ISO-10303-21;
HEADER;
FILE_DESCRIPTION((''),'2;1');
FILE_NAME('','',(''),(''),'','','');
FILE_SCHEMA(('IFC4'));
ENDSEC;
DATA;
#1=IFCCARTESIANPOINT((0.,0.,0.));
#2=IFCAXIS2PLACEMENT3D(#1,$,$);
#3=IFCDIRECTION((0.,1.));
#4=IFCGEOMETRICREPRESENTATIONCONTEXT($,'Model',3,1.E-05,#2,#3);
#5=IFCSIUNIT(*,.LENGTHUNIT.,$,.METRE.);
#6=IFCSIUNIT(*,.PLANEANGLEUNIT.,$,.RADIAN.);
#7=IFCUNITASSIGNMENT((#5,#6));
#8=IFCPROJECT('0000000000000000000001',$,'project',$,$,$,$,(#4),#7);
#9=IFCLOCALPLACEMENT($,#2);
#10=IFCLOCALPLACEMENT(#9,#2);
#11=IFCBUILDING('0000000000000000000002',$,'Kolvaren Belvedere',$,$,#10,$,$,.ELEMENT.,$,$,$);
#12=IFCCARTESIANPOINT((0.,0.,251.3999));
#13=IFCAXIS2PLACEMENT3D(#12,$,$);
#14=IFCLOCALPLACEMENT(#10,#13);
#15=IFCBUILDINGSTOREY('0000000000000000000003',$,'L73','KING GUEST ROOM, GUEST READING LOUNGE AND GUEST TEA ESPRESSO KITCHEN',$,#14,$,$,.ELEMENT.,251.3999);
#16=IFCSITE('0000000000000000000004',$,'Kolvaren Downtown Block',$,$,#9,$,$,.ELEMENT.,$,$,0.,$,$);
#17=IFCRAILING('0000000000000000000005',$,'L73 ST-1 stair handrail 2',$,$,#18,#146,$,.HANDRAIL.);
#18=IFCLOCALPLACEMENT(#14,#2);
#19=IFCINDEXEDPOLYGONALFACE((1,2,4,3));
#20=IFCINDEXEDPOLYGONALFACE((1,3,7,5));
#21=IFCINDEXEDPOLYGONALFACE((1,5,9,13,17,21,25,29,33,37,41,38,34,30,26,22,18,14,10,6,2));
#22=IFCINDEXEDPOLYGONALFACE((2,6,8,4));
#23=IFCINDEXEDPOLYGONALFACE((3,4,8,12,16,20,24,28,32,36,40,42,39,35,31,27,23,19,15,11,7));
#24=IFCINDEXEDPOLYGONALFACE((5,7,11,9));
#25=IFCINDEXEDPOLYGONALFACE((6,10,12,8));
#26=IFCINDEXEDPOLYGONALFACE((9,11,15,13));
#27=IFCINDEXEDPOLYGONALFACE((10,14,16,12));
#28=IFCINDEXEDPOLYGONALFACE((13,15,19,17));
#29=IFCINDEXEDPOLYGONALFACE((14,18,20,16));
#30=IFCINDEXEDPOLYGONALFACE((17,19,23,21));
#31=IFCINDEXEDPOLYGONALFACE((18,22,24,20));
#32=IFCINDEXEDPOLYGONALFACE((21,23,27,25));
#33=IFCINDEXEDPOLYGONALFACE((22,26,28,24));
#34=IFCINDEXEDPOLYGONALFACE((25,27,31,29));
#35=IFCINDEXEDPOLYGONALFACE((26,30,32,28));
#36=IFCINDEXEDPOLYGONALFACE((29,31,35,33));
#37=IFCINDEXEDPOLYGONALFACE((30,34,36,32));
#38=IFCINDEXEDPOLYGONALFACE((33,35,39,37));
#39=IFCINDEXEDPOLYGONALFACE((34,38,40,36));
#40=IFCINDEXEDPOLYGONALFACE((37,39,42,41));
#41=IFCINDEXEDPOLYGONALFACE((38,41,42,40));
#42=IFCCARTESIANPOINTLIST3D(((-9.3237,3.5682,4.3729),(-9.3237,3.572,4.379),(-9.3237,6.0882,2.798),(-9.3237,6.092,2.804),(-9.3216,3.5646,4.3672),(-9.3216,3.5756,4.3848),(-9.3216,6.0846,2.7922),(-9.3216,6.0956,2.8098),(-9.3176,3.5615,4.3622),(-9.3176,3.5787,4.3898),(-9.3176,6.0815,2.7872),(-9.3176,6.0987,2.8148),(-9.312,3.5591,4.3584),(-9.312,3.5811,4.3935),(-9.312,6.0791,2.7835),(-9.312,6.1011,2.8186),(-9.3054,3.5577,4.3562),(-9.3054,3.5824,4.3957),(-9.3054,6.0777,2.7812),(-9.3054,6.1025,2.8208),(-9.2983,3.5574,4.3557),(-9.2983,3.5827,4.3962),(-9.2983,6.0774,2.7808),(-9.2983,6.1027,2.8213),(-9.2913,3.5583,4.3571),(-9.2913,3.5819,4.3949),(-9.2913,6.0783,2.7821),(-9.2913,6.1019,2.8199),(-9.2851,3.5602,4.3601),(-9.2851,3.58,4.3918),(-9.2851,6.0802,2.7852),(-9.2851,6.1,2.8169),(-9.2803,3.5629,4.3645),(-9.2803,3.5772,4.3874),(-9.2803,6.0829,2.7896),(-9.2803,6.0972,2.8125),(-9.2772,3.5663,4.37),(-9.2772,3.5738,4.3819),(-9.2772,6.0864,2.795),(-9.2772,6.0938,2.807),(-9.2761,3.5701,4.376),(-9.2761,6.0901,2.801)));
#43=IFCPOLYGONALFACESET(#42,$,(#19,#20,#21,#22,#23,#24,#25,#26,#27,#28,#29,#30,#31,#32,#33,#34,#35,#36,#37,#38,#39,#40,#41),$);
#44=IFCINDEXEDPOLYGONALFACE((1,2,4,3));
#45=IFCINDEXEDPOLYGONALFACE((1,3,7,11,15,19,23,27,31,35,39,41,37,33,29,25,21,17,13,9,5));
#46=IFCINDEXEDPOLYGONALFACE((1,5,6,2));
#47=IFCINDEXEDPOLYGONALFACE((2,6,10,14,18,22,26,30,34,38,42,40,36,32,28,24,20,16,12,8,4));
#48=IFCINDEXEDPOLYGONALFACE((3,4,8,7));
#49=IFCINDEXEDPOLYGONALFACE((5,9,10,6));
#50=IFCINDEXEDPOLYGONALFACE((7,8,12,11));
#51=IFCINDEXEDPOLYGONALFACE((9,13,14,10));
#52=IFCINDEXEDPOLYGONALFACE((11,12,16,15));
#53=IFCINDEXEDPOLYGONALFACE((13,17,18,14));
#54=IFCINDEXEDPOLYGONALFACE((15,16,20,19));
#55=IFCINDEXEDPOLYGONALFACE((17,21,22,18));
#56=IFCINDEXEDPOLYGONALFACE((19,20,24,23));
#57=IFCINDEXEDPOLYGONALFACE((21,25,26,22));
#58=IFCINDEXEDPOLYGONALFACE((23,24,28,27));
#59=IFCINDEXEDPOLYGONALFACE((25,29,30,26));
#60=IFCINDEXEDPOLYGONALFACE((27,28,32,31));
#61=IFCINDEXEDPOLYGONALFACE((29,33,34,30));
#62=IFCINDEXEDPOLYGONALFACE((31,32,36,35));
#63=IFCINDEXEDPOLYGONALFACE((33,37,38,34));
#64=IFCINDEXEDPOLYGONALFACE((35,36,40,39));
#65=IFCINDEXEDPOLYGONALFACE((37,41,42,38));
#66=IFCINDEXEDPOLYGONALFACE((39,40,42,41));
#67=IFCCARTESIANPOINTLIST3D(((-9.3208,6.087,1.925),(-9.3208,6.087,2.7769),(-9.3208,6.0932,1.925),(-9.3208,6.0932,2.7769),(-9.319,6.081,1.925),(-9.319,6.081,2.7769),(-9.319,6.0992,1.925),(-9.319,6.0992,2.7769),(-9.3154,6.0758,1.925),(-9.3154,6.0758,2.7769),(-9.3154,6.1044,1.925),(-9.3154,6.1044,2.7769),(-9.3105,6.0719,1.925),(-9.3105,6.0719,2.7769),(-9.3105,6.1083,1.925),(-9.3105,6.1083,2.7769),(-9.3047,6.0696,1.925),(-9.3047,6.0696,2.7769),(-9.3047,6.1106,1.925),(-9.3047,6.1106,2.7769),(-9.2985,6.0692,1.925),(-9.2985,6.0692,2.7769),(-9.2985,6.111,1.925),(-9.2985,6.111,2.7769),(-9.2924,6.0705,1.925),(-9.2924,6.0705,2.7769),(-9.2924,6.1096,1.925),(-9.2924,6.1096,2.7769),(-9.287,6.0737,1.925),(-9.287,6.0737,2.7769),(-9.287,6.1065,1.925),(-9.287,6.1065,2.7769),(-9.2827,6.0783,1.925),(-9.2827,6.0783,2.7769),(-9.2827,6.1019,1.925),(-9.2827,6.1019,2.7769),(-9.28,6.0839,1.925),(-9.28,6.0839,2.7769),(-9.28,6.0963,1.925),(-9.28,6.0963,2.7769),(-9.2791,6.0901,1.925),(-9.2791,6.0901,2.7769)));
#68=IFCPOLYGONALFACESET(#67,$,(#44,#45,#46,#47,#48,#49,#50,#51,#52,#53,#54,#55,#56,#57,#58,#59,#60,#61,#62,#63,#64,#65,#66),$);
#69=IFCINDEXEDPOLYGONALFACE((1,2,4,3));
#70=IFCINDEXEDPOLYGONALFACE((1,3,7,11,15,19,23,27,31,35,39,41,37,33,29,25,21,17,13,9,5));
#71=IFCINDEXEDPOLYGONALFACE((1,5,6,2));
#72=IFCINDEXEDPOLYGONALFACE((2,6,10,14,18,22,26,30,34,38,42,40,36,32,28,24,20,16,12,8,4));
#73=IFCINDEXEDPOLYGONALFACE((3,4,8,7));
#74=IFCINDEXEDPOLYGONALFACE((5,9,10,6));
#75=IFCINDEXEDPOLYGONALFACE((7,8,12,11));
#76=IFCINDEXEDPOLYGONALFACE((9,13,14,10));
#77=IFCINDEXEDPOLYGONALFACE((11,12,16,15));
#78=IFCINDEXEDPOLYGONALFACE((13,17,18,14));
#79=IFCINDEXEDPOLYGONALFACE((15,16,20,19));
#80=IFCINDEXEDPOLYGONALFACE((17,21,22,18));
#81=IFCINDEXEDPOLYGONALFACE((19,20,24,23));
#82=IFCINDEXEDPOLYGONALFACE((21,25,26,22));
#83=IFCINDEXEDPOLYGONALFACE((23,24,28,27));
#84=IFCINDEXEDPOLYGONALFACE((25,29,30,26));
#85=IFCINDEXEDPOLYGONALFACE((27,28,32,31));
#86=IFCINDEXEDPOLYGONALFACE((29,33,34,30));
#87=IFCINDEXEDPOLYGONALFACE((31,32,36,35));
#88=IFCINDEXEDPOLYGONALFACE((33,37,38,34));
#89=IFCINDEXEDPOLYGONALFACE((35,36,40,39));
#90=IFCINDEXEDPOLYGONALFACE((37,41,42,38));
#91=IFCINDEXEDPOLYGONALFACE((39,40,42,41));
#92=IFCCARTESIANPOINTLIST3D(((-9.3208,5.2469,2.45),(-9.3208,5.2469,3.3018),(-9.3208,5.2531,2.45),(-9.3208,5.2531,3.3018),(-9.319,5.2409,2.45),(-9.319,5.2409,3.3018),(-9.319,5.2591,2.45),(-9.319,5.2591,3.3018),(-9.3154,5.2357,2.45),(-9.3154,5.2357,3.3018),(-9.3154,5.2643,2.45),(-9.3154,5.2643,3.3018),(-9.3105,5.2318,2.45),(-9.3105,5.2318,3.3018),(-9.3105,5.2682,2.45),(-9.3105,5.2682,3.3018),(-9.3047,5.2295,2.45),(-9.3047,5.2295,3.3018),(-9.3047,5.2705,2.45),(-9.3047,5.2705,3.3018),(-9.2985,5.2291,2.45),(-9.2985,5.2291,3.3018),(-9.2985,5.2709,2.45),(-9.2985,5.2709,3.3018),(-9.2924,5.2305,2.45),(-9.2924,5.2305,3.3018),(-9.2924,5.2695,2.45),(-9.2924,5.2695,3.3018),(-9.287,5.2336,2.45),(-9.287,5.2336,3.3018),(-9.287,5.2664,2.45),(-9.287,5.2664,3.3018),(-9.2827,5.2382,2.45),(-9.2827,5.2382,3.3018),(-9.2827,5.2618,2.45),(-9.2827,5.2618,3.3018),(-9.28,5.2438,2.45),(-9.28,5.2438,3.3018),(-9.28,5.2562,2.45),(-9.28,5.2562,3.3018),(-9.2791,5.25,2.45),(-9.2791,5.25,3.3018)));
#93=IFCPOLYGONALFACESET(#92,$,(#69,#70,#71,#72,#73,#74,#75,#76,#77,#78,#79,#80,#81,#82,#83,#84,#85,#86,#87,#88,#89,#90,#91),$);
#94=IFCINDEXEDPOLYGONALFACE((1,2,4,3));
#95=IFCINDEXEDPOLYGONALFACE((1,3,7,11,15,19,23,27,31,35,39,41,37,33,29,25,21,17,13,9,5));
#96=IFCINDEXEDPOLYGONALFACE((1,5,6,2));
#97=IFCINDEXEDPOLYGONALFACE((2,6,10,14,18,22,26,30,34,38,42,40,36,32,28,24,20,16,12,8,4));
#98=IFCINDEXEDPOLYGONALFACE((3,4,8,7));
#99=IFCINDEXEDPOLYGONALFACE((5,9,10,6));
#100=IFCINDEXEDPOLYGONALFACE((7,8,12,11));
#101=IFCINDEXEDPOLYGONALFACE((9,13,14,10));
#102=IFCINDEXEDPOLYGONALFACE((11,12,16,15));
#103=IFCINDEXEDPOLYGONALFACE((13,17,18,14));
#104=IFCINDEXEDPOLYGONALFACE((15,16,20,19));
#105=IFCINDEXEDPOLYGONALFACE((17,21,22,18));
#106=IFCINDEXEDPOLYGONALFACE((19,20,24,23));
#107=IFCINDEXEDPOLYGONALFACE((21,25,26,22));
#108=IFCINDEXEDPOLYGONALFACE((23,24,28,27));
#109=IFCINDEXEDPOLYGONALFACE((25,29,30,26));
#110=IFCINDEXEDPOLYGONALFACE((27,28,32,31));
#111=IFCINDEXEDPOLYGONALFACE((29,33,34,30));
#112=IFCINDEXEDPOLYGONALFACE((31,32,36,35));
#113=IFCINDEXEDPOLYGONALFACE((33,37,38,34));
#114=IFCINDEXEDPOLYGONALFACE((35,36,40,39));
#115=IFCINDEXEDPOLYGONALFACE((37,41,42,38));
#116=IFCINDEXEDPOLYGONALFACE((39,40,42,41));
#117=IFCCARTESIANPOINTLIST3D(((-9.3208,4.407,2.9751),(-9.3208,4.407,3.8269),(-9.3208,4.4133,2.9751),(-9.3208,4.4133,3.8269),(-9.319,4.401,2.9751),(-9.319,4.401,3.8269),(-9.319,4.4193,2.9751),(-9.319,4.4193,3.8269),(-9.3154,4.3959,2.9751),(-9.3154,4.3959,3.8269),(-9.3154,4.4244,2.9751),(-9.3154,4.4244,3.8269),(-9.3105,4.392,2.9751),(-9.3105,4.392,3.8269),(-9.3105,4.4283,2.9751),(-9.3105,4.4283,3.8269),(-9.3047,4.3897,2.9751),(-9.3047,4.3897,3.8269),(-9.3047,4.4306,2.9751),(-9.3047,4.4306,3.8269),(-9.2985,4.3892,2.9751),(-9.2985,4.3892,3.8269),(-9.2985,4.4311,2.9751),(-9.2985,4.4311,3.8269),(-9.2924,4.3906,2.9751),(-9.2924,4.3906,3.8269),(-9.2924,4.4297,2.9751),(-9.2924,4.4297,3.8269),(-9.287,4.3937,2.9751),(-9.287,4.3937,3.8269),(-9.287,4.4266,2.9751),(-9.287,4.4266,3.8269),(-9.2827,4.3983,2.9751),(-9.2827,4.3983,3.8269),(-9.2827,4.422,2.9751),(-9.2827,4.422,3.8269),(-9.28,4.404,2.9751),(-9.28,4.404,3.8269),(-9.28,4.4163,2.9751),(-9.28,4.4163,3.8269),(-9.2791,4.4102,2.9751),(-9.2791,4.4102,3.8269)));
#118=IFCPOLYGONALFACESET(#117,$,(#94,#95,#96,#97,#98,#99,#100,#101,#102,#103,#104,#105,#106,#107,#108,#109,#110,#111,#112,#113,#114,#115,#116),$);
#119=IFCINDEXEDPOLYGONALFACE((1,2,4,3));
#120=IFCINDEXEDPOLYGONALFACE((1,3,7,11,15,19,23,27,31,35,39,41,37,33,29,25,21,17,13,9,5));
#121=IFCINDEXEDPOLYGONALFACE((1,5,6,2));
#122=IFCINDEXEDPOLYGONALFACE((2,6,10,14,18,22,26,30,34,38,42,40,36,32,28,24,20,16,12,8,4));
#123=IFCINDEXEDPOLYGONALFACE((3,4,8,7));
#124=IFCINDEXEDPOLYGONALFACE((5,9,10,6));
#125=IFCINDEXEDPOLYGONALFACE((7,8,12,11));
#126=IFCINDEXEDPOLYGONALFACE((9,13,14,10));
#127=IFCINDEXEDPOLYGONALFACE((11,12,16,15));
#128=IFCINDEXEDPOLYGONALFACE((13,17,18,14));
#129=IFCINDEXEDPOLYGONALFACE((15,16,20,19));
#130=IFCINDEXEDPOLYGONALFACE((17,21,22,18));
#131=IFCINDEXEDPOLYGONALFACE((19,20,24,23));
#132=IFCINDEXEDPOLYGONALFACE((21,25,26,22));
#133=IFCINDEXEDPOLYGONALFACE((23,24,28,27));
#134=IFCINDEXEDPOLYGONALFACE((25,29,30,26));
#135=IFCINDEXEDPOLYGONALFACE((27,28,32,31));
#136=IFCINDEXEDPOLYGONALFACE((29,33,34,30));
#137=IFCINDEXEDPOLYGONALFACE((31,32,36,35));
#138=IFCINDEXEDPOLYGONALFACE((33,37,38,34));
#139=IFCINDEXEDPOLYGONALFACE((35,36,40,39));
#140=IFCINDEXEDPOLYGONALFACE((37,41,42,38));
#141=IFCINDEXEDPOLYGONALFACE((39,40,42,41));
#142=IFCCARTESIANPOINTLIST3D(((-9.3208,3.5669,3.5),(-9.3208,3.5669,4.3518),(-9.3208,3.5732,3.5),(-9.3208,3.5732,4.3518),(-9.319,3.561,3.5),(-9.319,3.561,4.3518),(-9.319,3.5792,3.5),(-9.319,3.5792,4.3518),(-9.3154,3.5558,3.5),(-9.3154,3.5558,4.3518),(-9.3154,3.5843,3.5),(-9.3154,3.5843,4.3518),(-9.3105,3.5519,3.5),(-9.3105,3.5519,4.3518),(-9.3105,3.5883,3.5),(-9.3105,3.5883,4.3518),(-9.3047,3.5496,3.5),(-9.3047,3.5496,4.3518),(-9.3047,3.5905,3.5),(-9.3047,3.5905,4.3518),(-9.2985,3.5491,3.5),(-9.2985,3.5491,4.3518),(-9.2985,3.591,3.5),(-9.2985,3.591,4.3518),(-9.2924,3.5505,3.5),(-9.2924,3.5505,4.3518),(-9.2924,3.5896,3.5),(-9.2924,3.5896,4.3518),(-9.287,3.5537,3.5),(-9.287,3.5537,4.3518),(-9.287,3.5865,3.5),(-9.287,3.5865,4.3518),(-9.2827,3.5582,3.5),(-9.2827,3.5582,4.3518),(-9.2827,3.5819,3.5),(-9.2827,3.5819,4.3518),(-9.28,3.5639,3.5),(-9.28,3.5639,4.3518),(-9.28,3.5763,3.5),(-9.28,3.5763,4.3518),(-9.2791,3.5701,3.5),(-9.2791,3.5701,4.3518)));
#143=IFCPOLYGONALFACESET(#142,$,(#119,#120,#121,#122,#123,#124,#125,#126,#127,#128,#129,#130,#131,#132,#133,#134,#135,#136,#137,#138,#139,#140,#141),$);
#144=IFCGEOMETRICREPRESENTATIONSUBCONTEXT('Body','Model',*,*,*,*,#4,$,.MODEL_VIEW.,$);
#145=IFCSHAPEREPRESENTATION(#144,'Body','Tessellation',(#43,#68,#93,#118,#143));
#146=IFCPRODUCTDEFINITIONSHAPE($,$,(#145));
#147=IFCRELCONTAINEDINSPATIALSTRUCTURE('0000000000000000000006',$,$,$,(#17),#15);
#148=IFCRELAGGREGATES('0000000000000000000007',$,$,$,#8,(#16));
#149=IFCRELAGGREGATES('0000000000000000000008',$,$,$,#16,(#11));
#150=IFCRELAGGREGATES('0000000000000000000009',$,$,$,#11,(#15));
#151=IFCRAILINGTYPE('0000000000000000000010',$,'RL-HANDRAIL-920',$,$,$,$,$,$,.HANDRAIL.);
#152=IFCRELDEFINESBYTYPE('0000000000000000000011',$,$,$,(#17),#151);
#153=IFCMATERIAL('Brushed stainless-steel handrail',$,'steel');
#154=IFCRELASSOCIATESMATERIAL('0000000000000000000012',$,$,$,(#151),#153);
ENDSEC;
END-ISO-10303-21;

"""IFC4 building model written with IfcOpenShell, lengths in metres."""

from ifc_helpers import new_model, si_unit, direction, frame, origin, origin_2d, place, context, subcontext, project, spatial, circle, extrude, material, type_object, element, save


model = new_model("IFC4")

# Units and contexts
model_context = context("Model", 3, precision=1e-05, world=origin(), true_north=direction((0.0, 1.0)))
body_context = subcontext(model_context, "Body", "Model", "MODEL_VIEW")
ifc_project = project(units=[si_unit("LENGTHUNIT", "METRE"), si_unit("PLANEANGLEUNIT", "RADIAN")], contexts=[model_context])

# Site, building, storey
site_placement = place(None, origin())
site = spatial("IfcSite", under=ifc_project, at=site_placement, Name="Kolvaren Downtown Block", CompositionType="ELEMENT", RefElevation=0.0)
building_placement = place(site_placement, origin())
building = spatial("IfcBuilding", under=site, at=building_placement, Name="Kolvaren Belvedere", CompositionType="ELEMENT")
storey_placement = place(building_placement, frame((0.0, 0.0, 251.3999)))
storey = spatial("IfcBuildingStorey", under=building, at=storey_placement, Name="L73", Description="KING GUEST ROOM, GUEST READING LOUNGE AND GUEST TEA ESPRESSO KITCHEN", CompositionType="ELEMENT", Elevation=251.3999)

# Railing
ifc_material_1 = material(Name="Brushed stainless-steel handrail", Category="steel")
railing_type_1 = type_object("IfcRailingType", Name="RL-HANDRAIL-920", PredefinedType="HANDRAIL", material=ifc_material_1)
railing_1_placement = place(storey_placement, frame((-9.3, 6.0901, 1.925)))
element("IfcRailing", 1, at=railing_1_placement, inside=storey, type_object=railing_type_1, Name="L73 ST-1 stair handrail 2", PredefinedType="HANDRAIL", context=body_context, shape_type="SweptSolid", body=[
    extrude(circle(Radius=0.0239, at=origin_2d()), frame((0.0, 0.0, 0.876), z_axis=(0.0, -0.848008, 0.529984), x_axis=(1.0, 0.0, 0.0)), (0.0, 0.0, 1.0), 2.9717),
    extrude(circle(Radius=0.021, at=origin_2d()), origin(), (0.0, 0.0, 1.0), 0.8518),
    extrude(circle(Radius=0.021, at=origin_2d()), frame((0.0, -0.8401, 0.5249)), (0.0, 0.0, 1.0), 0.8518),
    extrude(circle(Radius=0.021, at=origin_2d()), frame((0.0, -1.6799, 1.05)), (0.0, 0.0, 1.0), 0.8518),
    extrude(circle(Radius=0.021, at=origin_2d()), frame((0.0, -2.52, 1.575)), (0.0, 0.0, 1.0), 0.8518),
])

save(model, "model.ifc")
